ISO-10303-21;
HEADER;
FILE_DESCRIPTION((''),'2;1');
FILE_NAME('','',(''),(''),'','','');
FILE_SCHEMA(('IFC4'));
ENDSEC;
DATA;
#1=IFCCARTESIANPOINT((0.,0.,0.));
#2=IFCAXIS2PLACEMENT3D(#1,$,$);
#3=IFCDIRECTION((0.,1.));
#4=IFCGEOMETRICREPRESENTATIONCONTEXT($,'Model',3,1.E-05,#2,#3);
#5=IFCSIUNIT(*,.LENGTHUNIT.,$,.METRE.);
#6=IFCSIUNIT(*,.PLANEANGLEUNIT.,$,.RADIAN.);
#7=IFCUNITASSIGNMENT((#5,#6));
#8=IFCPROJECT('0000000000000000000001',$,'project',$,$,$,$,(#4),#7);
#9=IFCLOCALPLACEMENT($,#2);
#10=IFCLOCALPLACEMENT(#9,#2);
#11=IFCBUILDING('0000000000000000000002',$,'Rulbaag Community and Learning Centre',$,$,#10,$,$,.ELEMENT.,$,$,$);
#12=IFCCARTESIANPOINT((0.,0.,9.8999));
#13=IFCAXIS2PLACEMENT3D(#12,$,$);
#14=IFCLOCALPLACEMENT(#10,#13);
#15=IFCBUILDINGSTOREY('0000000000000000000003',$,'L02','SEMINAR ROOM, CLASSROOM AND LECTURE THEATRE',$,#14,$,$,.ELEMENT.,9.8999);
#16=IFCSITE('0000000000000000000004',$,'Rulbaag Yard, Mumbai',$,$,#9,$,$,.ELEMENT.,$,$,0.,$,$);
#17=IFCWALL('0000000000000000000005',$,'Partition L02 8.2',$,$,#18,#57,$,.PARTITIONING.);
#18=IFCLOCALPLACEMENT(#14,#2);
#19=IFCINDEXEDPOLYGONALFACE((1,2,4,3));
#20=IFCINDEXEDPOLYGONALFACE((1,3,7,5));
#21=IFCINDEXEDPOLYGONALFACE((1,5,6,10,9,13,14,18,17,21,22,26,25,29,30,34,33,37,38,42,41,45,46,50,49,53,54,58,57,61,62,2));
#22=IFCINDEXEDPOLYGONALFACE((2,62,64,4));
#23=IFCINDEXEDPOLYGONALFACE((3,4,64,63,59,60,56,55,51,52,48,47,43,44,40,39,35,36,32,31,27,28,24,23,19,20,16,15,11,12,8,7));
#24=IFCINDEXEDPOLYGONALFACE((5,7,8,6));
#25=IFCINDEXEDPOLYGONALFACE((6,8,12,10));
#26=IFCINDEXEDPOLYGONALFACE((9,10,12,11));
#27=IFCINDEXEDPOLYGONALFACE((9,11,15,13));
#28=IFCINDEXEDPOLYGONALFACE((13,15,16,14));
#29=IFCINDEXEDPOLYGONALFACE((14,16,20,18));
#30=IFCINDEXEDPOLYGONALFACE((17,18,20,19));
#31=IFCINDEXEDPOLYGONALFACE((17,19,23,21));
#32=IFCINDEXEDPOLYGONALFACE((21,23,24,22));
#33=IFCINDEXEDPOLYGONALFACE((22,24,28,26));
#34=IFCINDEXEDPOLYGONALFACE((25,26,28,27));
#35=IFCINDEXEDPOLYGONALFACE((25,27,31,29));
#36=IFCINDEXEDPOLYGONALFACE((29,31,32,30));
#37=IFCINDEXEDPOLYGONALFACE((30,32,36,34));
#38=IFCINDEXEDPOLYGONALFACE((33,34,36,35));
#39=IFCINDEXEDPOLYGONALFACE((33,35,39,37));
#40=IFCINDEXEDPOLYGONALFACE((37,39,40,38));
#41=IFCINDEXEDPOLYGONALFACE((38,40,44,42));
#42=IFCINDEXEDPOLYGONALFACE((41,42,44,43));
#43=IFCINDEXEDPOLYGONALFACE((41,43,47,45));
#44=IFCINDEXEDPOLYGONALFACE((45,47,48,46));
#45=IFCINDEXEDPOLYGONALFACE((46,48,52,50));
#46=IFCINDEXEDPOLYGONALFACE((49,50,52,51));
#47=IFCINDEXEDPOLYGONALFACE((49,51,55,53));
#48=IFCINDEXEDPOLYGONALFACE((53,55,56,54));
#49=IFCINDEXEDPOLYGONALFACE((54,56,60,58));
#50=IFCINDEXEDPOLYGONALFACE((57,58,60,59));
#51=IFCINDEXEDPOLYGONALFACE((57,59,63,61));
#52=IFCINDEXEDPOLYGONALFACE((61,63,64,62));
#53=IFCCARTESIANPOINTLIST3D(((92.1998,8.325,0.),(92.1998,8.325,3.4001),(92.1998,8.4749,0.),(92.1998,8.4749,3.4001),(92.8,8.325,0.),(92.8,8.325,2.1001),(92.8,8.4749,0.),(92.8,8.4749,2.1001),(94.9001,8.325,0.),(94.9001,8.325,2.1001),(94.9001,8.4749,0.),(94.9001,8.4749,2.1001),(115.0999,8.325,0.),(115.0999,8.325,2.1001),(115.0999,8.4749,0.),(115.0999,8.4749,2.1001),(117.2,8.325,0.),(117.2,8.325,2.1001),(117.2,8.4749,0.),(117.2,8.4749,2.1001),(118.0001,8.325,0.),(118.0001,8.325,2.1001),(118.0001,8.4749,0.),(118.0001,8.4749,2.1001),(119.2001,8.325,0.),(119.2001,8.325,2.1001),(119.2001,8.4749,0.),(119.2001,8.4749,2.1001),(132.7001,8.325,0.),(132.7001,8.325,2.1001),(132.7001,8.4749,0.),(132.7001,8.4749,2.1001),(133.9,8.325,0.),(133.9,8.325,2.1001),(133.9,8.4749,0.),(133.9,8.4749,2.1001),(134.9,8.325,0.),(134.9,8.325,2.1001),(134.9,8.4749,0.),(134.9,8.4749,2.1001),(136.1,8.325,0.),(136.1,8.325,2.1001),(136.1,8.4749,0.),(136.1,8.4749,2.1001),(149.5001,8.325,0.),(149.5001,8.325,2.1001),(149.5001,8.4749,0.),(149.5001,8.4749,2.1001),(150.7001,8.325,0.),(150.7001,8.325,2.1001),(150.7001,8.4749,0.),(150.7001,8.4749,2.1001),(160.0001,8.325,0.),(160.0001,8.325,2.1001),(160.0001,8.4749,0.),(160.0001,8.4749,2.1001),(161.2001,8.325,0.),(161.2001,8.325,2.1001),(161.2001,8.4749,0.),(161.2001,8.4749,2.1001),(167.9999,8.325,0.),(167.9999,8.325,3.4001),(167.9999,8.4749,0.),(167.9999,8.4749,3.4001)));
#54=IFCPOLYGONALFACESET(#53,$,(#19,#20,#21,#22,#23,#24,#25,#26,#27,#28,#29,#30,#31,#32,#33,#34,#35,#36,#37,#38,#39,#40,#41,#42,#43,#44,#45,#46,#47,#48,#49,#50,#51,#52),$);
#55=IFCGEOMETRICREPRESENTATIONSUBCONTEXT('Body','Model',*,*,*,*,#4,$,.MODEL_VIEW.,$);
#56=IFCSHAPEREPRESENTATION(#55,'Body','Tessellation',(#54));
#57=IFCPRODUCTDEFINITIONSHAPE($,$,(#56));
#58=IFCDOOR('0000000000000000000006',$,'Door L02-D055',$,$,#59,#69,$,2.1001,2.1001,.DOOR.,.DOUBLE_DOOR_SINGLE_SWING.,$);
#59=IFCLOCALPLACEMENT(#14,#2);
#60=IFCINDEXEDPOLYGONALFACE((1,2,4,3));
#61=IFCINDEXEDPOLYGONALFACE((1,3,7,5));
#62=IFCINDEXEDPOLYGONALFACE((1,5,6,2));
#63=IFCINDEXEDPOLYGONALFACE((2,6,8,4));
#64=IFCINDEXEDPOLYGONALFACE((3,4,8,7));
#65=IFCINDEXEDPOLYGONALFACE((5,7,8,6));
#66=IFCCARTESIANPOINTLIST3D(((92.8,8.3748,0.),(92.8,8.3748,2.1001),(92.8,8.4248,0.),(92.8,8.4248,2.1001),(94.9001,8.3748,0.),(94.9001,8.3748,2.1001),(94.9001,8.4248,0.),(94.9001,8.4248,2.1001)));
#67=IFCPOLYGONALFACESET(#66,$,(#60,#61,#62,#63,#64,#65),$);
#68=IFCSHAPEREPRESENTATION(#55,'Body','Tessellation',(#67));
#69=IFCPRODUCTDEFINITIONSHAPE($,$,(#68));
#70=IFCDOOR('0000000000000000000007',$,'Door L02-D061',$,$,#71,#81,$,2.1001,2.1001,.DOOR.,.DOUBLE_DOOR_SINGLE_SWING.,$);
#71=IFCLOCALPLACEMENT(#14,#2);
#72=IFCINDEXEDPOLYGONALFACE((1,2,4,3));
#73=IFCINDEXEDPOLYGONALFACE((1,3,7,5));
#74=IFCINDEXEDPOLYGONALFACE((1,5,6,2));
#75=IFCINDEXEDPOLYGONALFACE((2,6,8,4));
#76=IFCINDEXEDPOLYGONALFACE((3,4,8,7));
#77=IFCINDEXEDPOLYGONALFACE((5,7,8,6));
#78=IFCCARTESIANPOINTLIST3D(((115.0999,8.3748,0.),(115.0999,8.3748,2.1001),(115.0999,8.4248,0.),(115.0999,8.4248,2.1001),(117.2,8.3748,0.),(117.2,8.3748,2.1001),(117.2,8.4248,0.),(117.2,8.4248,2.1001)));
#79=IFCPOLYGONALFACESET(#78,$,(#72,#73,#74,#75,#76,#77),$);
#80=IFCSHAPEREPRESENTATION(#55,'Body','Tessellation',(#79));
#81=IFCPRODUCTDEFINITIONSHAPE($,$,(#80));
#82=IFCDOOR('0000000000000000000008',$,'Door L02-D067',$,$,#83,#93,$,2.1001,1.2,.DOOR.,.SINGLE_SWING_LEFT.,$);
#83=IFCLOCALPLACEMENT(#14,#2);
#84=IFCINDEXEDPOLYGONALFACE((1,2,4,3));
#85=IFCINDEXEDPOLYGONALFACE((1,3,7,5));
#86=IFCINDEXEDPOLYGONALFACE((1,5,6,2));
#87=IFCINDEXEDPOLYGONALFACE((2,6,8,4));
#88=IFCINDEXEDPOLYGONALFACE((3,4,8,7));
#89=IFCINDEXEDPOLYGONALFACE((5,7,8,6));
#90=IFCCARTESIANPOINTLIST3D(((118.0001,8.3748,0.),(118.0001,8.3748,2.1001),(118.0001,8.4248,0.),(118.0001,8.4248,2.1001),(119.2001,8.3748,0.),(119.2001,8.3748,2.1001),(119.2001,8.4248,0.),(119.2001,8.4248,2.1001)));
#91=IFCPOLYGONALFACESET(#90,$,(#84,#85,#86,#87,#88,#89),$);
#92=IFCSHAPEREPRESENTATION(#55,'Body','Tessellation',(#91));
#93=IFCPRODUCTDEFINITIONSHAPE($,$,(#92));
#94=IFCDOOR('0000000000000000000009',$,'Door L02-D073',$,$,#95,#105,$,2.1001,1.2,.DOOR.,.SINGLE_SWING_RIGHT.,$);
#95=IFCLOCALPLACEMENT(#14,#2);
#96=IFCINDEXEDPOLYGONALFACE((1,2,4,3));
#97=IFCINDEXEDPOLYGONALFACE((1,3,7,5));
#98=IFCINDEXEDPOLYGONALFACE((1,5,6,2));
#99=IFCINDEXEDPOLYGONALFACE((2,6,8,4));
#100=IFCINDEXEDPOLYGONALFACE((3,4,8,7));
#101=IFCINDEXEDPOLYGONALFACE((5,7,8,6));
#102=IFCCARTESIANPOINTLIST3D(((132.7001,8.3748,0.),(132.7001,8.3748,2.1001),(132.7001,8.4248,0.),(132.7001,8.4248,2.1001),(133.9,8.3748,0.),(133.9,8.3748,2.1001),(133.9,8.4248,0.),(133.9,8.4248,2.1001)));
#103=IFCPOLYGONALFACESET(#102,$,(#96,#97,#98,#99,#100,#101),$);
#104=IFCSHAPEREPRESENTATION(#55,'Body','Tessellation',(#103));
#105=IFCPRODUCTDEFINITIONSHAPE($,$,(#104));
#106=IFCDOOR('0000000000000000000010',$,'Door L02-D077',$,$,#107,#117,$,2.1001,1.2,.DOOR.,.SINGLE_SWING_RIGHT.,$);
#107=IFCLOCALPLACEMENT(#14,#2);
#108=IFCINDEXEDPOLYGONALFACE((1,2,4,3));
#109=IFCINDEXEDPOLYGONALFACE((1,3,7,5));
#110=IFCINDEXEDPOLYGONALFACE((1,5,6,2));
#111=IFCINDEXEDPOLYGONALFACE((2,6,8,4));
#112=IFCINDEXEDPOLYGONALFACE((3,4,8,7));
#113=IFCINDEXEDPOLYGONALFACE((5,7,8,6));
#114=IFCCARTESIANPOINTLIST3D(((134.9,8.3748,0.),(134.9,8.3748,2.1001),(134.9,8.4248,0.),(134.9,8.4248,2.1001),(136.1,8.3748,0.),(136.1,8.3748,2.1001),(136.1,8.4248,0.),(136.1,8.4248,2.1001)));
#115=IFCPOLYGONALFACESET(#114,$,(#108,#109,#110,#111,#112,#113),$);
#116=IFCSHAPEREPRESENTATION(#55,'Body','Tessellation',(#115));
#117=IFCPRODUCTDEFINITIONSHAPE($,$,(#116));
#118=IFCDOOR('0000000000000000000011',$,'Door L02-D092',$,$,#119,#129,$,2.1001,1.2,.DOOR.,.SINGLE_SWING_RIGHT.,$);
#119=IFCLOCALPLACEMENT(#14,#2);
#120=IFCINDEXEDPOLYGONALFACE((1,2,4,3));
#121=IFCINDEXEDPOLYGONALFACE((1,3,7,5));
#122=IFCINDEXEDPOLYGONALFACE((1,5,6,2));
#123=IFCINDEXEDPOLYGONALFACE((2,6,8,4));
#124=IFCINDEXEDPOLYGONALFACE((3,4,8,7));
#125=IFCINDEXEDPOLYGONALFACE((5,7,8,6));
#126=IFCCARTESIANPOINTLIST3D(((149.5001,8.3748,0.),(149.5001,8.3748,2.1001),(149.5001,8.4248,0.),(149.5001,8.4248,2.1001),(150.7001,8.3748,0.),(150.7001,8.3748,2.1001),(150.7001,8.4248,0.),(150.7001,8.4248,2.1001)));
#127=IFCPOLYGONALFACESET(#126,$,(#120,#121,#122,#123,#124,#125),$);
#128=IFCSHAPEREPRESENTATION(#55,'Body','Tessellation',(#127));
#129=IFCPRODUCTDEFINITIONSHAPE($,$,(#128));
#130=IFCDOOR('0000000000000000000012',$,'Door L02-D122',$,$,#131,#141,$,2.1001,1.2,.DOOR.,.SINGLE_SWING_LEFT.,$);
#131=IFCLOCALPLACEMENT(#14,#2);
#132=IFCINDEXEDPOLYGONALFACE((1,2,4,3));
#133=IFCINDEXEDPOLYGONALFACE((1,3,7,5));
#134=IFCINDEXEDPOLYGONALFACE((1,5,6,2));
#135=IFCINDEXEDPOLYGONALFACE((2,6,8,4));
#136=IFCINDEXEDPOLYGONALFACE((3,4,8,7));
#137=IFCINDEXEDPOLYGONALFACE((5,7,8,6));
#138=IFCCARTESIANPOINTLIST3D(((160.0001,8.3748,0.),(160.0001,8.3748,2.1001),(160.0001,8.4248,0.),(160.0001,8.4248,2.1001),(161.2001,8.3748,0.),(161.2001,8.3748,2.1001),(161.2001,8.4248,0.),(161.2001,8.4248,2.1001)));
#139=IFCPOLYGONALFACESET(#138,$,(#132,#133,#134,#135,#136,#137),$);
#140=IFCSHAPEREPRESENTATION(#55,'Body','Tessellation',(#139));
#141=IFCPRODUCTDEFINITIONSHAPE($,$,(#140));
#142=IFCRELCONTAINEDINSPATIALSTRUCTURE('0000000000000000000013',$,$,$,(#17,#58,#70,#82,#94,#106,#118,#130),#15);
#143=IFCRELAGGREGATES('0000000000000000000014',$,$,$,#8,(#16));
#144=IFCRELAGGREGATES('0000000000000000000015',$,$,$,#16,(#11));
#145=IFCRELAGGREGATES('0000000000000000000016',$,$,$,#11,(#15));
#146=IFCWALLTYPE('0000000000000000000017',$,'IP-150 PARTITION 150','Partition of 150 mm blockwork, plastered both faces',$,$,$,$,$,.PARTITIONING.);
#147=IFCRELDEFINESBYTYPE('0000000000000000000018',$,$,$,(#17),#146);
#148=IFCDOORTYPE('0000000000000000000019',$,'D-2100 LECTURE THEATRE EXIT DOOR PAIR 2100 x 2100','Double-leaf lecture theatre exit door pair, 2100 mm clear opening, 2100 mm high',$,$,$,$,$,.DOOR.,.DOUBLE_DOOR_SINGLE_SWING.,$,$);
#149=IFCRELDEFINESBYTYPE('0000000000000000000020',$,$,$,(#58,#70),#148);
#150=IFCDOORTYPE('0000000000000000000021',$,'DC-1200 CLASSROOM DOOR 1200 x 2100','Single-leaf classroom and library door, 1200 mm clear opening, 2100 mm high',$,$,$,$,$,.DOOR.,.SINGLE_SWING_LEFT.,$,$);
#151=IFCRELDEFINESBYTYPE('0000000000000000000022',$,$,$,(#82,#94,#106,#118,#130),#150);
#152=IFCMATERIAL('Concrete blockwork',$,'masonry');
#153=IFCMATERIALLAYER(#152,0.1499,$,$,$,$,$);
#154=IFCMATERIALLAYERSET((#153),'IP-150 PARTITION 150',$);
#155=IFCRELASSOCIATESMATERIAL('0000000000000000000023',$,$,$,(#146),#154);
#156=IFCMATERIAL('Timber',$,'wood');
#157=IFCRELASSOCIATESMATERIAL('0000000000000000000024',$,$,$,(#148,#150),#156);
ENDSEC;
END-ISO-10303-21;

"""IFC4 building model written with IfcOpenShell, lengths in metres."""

from ifc_helpers import new_model, si_unit, direction, frame, frame_2d, origin, place, context, subcontext, project, spatial, rectangle, extrude, material, layer, layer_set, type_object, element, fill, save


model = new_model("IFC4")

# Units and contexts
model_context = context("Model", 3, precision=1e-05, world=origin(), true_north=direction((0.0, 1.0)))
body_context = subcontext(model_context, "Body", "Model", "MODEL_VIEW")
ifc_project = project(units=[si_unit("LENGTHUNIT", "METRE"), si_unit("PLANEANGLEUNIT", "RADIAN")], contexts=[model_context])

# Site, building, storey
site_placement = place(None, origin())
site = spatial("IfcSite", under=ifc_project, at=site_placement, Name="Rulbaag Yard, Mumbai", CompositionType="ELEMENT", RefElevation=0.0)
building_placement = place(site_placement, origin())
building = spatial("IfcBuilding", under=site, at=building_placement, Name="Rulbaag Community and Learning Centre", CompositionType="ELEMENT")
storey_placement = place(building_placement, frame((0.0, 0.0, 9.8999)))
storey = spatial("IfcBuildingStorey", under=building, at=storey_placement, Name="L02", Description="SEMINAR ROOM, CLASSROOM AND LECTURE THEATRE", CompositionType="ELEMENT", Elevation=9.8999)

# Wall, openings, doors
ifc_material_1 = material(Name="Concrete blockwork", Category="masonry")
ifc_layer_1 = layer(ifc_material_1, 0.1499)
ifc_layer_set_1 = layer_set([ifc_layer_1], Name="IP-150 PARTITION 150")
wall_type_1 = type_object("IfcWallType", Name="IP-150 PARTITION 150", Description="Partition of 150 mm blockwork, plastered both faces", PredefinedType="PARTITIONING", material=ifc_layer_set_1)
wall_1_placement = place(storey_placement, frame((92.2, 8.3999, 0.0), z_axis=(0.0, 0.0, 1.0), x_axis=(1.0, 0.0, 0.0)))
wall_1 = element("IfcWall", 1, at=wall_1_placement, inside=storey, type_object=wall_type_1, Name="Partition L02 8.2", PredefinedType="PARTITIONING", context=body_context, shape_type="SweptSolid", body=[
    extrude(rectangle(XDim=75.8, YDim=0.1499, at=frame_2d((37.8999, 0.0))), origin(), (0.0, 0.0, 1.0), 3.4001),
])
opening_1_placement = place(wall_1_placement, frame((0.6001, 0.0, 0.0)))
opening_1 = element("IfcOpeningElement", 2, at=opening_1_placement, cuts=wall_1, PredefinedType="OPENING", context=body_context, shape_type="SweptSolid", body=[
    extrude(rectangle(XDim=2.1001, YDim=2.1001, at=frame_2d((1.05, 1.05))), frame((0.0, 0.085, 0.0), z_axis=(0.0, -1.0, 0.0), x_axis=(1.0, 0.0, 0.0)), (0.0, 0.0, 1.0), 0.1699),
])
opening_2_placement = place(wall_1_placement, frame((22.8999, 0.0, 0.0)))
opening_2 = element("IfcOpeningElement", 3, at=opening_2_placement, cuts=wall_1, PredefinedType="OPENING", context=body_context, shape_type="SweptSolid", body=[
    extrude(rectangle(XDim=2.1001, YDim=2.1001, at=frame_2d((1.05, 1.05))), frame((0.0, 0.085, 0.0), z_axis=(0.0, -1.0, 0.0), x_axis=(1.0, 0.0, 0.0)), (0.0, 0.0, 1.0), 0.1699),
])
opening_3_placement = place(wall_1_placement, frame((25.8, 0.0, 0.0)))
opening_3 = element("IfcOpeningElement", 4, at=opening_3_placement, cuts=wall_1, PredefinedType="OPENING", context=body_context, shape_type="SweptSolid", body=[
    extrude(rectangle(XDim=1.2, YDim=2.1001, at=frame_2d((0.6001, 1.05))), frame((0.0, 0.085, 0.0), z_axis=(0.0, -1.0, 0.0), x_axis=(1.0, 0.0, 0.0)), (0.0, 0.0, 1.0), 0.1699),
])
opening_4_placement = place(wall_1_placement, frame((40.5, 0.0, 0.0)))
opening_4 = element("IfcOpeningElement", 5, at=opening_4_placement, cuts=wall_1, PredefinedType="OPENING", context=body_context, shape_type="SweptSolid", body=[
    extrude(rectangle(XDim=1.2, YDim=2.1001, at=frame_2d((0.6001, 1.05))), frame((0.0, 0.085, 0.0), z_axis=(0.0, -1.0, 0.0), x_axis=(1.0, 0.0, 0.0)), (0.0, 0.0, 1.0), 0.1699),
])
opening_5_placement = place(wall_1_placement, frame((42.7, 0.0, 0.0)))
opening_5 = element("IfcOpeningElement", 6, at=opening_5_placement, cuts=wall_1, PredefinedType="OPENING", context=body_context, shape_type="SweptSolid", body=[
    extrude(rectangle(XDim=1.2, YDim=2.1001, at=frame_2d((0.6001, 1.05))), frame((0.0, 0.085, 0.0), z_axis=(0.0, -1.0, 0.0), x_axis=(1.0, 0.0, 0.0)), (0.0, 0.0, 1.0), 0.1699),
])
opening_6_placement = place(wall_1_placement, frame((57.3, 0.0, 0.0)))
opening_6 = element("IfcOpeningElement", 7, at=opening_6_placement, cuts=wall_1, PredefinedType="OPENING", context=body_context, shape_type="SweptSolid", body=[
    extrude(rectangle(XDim=1.2, YDim=2.1001, at=frame_2d((0.6001, 1.05))), frame((0.0, 0.085, 0.0), z_axis=(0.0, -1.0, 0.0), x_axis=(1.0, 0.0, 0.0)), (0.0, 0.0, 1.0), 0.1699),
])
opening_7_placement = place(wall_1_placement, frame((67.8, 0.0, 0.0)))
opening_7 = element("IfcOpeningElement", 8, at=opening_7_placement, cuts=wall_1, PredefinedType="OPENING", context=body_context, shape_type="SweptSolid", body=[
    extrude(rectangle(XDim=1.2, YDim=2.1001, at=frame_2d((0.6001, 1.05))), frame((0.0, 0.085, 0.0), z_axis=(0.0, -1.0, 0.0), x_axis=(1.0, 0.0, 0.0)), (0.0, 0.0, 1.0), 0.1699),
])
ifc_material_2 = material(Name="Timber", Category="wood")
door_type_1 = type_object("IfcDoorType", Name="D-2100 LECTURE THEATRE EXIT DOOR PAIR 2100 x 2100", Description="Double-leaf lecture theatre exit door pair, 2100 mm clear opening, 2100 mm high", OperationType="DOUBLE_DOOR_SINGLE_SWING", PredefinedType="DOOR", material=ifc_material_2)
door_1_placement = place(opening_1_placement, origin())
door_1 = element("IfcDoor", 9, at=door_1_placement, inside=storey, type_object=door_type_1, Name="Door L02-D055", OperationType="DOUBLE_DOOR_SINGLE_SWING", OverallHeight=2.1001, OverallWidth=2.1001, PredefinedType="DOOR", context=body_context, shape_type="SweptSolid", body=[
    extrude(rectangle(XDim=2.1001, YDim=2.1001, at=frame_2d((1.05, 1.05))), frame((0.0, 0.0249, 0.0), z_axis=(0.0, -1.0, 0.0), x_axis=(1.0, 0.0, 0.0)), (0.0, 0.0, 1.0), 0.05),
])
fill(opening_1, door_1)
door_2_placement = place(opening_2_placement, origin())
door_2 = element("IfcDoor", 10, at=door_2_placement, inside=storey, type_object=door_type_1, Name="Door L02-D061", OperationType="DOUBLE_DOOR_SINGLE_SWING", OverallHeight=2.1001, OverallWidth=2.1001, PredefinedType="DOOR", context=body_context, shape_type="SweptSolid", body=[
    extrude(rectangle(XDim=2.1001, YDim=2.1001, at=frame_2d((1.05, 1.05))), frame((0.0, 0.0249, 0.0), z_axis=(0.0, -1.0, 0.0), x_axis=(1.0, 0.0, 0.0)), (0.0, 0.0, 1.0), 0.05),
])
fill(opening_2, door_2)
door_type_2 = type_object("IfcDoorType", Name="DC-1200 CLASSROOM DOOR 1200 x 2100", Description="Single-leaf classroom and library door, 1200 mm clear opening, 2100 mm high", OperationType="SINGLE_SWING_LEFT", PredefinedType="DOOR", material=ifc_material_2)
door_3_placement = place(opening_3_placement, origin())
door_3 = element("IfcDoor", 11, at=door_3_placement, inside=storey, type_object=door_type_2, Name="Door L02-D067", OperationType="SINGLE_SWING_LEFT", OverallHeight=2.1001, OverallWidth=1.2, PredefinedType="DOOR", context=body_context, shape_type="SweptSolid", body=[
    extrude(rectangle(XDim=1.2, YDim=2.1001, at=frame_2d((0.6001, 1.05))), frame((0.0, 0.0249, 0.0), z_axis=(0.0, -1.0, 0.0), x_axis=(1.0, 0.0, 0.0)), (0.0, 0.0, 1.0), 0.05),
])
fill(opening_3, door_3)
door_4_placement = place(opening_4_placement, origin())
door_4 = element("IfcDoor", 12, at=door_4_placement, inside=storey, type_object=door_type_2, Name="Door L02-D073", OperationType="SINGLE_SWING_RIGHT", OverallHeight=2.1001, OverallWidth=1.2, PredefinedType="DOOR", context=body_context, shape_type="SweptSolid", body=[
    extrude(rectangle(XDim=1.2, YDim=2.1001, at=frame_2d((0.6001, 1.05))), frame((0.0, 0.0249, 0.0), z_axis=(0.0, -1.0, 0.0), x_axis=(1.0, 0.0, 0.0)), (0.0, 0.0, 1.0), 0.05),
])
fill(opening_4, door_4)
door_5_placement = place(opening_5_placement, origin())
door_5 = element("IfcDoor", 13, at=door_5_placement, inside=storey, type_object=door_type_2, Name="Door L02-D077", OperationType="SINGLE_SWING_RIGHT", OverallHeight=2.1001, OverallWidth=1.2, PredefinedType="DOOR", context=body_context, shape_type="SweptSolid", body=[
    extrude(rectangle(XDim=1.2, YDim=2.1001, at=frame_2d((0.6001, 1.05))), frame((0.0, 0.0249, 0.0), z_axis=(0.0, -1.0, 0.0), x_axis=(1.0, 0.0, 0.0)), (0.0, 0.0, 1.0), 0.05),
])
fill(opening_5, door_5)
door_6_placement = place(opening_6_placement, origin())
door_6 = element("IfcDoor", 14, at=door_6_placement, inside=storey, type_object=door_type_2, Name="Door L02-D092", OperationType="SINGLE_SWING_RIGHT", OverallHeight=2.1001, OverallWidth=1.2, PredefinedType="DOOR", context=body_context, shape_type="SweptSolid", body=[
    extrude(rectangle(XDim=1.2, YDim=2.1001, at=frame_2d((0.6001, 1.05))), frame((0.0, 0.0249, 0.0), z_axis=(0.0, -1.0, 0.0), x_axis=(1.0, 0.0, 0.0)), (0.0, 0.0, 1.0), 0.05),
])
fill(opening_6, door_6)
door_7_placement = place(opening_7_placement, origin())
door_7 = element("IfcDoor", 15, at=door_7_placement, inside=storey, type_object=door_type_2, Name="Door L02-D122", OperationType="SINGLE_SWING_LEFT", OverallHeight=2.1001, OverallWidth=1.2, PredefinedType="DOOR", context=body_context, shape_type="SweptSolid", body=[
    extrude(rectangle(XDim=1.2, YDim=2.1001, at=frame_2d((0.6001, 1.05))), frame((0.0, 0.0249, 0.0), z_axis=(0.0, -1.0, 0.0), x_axis=(1.0, 0.0, 0.0)), (0.0, 0.0, 1.0), 0.05),
])
fill(opening_7, door_7)

save(model, "model.ifc")
